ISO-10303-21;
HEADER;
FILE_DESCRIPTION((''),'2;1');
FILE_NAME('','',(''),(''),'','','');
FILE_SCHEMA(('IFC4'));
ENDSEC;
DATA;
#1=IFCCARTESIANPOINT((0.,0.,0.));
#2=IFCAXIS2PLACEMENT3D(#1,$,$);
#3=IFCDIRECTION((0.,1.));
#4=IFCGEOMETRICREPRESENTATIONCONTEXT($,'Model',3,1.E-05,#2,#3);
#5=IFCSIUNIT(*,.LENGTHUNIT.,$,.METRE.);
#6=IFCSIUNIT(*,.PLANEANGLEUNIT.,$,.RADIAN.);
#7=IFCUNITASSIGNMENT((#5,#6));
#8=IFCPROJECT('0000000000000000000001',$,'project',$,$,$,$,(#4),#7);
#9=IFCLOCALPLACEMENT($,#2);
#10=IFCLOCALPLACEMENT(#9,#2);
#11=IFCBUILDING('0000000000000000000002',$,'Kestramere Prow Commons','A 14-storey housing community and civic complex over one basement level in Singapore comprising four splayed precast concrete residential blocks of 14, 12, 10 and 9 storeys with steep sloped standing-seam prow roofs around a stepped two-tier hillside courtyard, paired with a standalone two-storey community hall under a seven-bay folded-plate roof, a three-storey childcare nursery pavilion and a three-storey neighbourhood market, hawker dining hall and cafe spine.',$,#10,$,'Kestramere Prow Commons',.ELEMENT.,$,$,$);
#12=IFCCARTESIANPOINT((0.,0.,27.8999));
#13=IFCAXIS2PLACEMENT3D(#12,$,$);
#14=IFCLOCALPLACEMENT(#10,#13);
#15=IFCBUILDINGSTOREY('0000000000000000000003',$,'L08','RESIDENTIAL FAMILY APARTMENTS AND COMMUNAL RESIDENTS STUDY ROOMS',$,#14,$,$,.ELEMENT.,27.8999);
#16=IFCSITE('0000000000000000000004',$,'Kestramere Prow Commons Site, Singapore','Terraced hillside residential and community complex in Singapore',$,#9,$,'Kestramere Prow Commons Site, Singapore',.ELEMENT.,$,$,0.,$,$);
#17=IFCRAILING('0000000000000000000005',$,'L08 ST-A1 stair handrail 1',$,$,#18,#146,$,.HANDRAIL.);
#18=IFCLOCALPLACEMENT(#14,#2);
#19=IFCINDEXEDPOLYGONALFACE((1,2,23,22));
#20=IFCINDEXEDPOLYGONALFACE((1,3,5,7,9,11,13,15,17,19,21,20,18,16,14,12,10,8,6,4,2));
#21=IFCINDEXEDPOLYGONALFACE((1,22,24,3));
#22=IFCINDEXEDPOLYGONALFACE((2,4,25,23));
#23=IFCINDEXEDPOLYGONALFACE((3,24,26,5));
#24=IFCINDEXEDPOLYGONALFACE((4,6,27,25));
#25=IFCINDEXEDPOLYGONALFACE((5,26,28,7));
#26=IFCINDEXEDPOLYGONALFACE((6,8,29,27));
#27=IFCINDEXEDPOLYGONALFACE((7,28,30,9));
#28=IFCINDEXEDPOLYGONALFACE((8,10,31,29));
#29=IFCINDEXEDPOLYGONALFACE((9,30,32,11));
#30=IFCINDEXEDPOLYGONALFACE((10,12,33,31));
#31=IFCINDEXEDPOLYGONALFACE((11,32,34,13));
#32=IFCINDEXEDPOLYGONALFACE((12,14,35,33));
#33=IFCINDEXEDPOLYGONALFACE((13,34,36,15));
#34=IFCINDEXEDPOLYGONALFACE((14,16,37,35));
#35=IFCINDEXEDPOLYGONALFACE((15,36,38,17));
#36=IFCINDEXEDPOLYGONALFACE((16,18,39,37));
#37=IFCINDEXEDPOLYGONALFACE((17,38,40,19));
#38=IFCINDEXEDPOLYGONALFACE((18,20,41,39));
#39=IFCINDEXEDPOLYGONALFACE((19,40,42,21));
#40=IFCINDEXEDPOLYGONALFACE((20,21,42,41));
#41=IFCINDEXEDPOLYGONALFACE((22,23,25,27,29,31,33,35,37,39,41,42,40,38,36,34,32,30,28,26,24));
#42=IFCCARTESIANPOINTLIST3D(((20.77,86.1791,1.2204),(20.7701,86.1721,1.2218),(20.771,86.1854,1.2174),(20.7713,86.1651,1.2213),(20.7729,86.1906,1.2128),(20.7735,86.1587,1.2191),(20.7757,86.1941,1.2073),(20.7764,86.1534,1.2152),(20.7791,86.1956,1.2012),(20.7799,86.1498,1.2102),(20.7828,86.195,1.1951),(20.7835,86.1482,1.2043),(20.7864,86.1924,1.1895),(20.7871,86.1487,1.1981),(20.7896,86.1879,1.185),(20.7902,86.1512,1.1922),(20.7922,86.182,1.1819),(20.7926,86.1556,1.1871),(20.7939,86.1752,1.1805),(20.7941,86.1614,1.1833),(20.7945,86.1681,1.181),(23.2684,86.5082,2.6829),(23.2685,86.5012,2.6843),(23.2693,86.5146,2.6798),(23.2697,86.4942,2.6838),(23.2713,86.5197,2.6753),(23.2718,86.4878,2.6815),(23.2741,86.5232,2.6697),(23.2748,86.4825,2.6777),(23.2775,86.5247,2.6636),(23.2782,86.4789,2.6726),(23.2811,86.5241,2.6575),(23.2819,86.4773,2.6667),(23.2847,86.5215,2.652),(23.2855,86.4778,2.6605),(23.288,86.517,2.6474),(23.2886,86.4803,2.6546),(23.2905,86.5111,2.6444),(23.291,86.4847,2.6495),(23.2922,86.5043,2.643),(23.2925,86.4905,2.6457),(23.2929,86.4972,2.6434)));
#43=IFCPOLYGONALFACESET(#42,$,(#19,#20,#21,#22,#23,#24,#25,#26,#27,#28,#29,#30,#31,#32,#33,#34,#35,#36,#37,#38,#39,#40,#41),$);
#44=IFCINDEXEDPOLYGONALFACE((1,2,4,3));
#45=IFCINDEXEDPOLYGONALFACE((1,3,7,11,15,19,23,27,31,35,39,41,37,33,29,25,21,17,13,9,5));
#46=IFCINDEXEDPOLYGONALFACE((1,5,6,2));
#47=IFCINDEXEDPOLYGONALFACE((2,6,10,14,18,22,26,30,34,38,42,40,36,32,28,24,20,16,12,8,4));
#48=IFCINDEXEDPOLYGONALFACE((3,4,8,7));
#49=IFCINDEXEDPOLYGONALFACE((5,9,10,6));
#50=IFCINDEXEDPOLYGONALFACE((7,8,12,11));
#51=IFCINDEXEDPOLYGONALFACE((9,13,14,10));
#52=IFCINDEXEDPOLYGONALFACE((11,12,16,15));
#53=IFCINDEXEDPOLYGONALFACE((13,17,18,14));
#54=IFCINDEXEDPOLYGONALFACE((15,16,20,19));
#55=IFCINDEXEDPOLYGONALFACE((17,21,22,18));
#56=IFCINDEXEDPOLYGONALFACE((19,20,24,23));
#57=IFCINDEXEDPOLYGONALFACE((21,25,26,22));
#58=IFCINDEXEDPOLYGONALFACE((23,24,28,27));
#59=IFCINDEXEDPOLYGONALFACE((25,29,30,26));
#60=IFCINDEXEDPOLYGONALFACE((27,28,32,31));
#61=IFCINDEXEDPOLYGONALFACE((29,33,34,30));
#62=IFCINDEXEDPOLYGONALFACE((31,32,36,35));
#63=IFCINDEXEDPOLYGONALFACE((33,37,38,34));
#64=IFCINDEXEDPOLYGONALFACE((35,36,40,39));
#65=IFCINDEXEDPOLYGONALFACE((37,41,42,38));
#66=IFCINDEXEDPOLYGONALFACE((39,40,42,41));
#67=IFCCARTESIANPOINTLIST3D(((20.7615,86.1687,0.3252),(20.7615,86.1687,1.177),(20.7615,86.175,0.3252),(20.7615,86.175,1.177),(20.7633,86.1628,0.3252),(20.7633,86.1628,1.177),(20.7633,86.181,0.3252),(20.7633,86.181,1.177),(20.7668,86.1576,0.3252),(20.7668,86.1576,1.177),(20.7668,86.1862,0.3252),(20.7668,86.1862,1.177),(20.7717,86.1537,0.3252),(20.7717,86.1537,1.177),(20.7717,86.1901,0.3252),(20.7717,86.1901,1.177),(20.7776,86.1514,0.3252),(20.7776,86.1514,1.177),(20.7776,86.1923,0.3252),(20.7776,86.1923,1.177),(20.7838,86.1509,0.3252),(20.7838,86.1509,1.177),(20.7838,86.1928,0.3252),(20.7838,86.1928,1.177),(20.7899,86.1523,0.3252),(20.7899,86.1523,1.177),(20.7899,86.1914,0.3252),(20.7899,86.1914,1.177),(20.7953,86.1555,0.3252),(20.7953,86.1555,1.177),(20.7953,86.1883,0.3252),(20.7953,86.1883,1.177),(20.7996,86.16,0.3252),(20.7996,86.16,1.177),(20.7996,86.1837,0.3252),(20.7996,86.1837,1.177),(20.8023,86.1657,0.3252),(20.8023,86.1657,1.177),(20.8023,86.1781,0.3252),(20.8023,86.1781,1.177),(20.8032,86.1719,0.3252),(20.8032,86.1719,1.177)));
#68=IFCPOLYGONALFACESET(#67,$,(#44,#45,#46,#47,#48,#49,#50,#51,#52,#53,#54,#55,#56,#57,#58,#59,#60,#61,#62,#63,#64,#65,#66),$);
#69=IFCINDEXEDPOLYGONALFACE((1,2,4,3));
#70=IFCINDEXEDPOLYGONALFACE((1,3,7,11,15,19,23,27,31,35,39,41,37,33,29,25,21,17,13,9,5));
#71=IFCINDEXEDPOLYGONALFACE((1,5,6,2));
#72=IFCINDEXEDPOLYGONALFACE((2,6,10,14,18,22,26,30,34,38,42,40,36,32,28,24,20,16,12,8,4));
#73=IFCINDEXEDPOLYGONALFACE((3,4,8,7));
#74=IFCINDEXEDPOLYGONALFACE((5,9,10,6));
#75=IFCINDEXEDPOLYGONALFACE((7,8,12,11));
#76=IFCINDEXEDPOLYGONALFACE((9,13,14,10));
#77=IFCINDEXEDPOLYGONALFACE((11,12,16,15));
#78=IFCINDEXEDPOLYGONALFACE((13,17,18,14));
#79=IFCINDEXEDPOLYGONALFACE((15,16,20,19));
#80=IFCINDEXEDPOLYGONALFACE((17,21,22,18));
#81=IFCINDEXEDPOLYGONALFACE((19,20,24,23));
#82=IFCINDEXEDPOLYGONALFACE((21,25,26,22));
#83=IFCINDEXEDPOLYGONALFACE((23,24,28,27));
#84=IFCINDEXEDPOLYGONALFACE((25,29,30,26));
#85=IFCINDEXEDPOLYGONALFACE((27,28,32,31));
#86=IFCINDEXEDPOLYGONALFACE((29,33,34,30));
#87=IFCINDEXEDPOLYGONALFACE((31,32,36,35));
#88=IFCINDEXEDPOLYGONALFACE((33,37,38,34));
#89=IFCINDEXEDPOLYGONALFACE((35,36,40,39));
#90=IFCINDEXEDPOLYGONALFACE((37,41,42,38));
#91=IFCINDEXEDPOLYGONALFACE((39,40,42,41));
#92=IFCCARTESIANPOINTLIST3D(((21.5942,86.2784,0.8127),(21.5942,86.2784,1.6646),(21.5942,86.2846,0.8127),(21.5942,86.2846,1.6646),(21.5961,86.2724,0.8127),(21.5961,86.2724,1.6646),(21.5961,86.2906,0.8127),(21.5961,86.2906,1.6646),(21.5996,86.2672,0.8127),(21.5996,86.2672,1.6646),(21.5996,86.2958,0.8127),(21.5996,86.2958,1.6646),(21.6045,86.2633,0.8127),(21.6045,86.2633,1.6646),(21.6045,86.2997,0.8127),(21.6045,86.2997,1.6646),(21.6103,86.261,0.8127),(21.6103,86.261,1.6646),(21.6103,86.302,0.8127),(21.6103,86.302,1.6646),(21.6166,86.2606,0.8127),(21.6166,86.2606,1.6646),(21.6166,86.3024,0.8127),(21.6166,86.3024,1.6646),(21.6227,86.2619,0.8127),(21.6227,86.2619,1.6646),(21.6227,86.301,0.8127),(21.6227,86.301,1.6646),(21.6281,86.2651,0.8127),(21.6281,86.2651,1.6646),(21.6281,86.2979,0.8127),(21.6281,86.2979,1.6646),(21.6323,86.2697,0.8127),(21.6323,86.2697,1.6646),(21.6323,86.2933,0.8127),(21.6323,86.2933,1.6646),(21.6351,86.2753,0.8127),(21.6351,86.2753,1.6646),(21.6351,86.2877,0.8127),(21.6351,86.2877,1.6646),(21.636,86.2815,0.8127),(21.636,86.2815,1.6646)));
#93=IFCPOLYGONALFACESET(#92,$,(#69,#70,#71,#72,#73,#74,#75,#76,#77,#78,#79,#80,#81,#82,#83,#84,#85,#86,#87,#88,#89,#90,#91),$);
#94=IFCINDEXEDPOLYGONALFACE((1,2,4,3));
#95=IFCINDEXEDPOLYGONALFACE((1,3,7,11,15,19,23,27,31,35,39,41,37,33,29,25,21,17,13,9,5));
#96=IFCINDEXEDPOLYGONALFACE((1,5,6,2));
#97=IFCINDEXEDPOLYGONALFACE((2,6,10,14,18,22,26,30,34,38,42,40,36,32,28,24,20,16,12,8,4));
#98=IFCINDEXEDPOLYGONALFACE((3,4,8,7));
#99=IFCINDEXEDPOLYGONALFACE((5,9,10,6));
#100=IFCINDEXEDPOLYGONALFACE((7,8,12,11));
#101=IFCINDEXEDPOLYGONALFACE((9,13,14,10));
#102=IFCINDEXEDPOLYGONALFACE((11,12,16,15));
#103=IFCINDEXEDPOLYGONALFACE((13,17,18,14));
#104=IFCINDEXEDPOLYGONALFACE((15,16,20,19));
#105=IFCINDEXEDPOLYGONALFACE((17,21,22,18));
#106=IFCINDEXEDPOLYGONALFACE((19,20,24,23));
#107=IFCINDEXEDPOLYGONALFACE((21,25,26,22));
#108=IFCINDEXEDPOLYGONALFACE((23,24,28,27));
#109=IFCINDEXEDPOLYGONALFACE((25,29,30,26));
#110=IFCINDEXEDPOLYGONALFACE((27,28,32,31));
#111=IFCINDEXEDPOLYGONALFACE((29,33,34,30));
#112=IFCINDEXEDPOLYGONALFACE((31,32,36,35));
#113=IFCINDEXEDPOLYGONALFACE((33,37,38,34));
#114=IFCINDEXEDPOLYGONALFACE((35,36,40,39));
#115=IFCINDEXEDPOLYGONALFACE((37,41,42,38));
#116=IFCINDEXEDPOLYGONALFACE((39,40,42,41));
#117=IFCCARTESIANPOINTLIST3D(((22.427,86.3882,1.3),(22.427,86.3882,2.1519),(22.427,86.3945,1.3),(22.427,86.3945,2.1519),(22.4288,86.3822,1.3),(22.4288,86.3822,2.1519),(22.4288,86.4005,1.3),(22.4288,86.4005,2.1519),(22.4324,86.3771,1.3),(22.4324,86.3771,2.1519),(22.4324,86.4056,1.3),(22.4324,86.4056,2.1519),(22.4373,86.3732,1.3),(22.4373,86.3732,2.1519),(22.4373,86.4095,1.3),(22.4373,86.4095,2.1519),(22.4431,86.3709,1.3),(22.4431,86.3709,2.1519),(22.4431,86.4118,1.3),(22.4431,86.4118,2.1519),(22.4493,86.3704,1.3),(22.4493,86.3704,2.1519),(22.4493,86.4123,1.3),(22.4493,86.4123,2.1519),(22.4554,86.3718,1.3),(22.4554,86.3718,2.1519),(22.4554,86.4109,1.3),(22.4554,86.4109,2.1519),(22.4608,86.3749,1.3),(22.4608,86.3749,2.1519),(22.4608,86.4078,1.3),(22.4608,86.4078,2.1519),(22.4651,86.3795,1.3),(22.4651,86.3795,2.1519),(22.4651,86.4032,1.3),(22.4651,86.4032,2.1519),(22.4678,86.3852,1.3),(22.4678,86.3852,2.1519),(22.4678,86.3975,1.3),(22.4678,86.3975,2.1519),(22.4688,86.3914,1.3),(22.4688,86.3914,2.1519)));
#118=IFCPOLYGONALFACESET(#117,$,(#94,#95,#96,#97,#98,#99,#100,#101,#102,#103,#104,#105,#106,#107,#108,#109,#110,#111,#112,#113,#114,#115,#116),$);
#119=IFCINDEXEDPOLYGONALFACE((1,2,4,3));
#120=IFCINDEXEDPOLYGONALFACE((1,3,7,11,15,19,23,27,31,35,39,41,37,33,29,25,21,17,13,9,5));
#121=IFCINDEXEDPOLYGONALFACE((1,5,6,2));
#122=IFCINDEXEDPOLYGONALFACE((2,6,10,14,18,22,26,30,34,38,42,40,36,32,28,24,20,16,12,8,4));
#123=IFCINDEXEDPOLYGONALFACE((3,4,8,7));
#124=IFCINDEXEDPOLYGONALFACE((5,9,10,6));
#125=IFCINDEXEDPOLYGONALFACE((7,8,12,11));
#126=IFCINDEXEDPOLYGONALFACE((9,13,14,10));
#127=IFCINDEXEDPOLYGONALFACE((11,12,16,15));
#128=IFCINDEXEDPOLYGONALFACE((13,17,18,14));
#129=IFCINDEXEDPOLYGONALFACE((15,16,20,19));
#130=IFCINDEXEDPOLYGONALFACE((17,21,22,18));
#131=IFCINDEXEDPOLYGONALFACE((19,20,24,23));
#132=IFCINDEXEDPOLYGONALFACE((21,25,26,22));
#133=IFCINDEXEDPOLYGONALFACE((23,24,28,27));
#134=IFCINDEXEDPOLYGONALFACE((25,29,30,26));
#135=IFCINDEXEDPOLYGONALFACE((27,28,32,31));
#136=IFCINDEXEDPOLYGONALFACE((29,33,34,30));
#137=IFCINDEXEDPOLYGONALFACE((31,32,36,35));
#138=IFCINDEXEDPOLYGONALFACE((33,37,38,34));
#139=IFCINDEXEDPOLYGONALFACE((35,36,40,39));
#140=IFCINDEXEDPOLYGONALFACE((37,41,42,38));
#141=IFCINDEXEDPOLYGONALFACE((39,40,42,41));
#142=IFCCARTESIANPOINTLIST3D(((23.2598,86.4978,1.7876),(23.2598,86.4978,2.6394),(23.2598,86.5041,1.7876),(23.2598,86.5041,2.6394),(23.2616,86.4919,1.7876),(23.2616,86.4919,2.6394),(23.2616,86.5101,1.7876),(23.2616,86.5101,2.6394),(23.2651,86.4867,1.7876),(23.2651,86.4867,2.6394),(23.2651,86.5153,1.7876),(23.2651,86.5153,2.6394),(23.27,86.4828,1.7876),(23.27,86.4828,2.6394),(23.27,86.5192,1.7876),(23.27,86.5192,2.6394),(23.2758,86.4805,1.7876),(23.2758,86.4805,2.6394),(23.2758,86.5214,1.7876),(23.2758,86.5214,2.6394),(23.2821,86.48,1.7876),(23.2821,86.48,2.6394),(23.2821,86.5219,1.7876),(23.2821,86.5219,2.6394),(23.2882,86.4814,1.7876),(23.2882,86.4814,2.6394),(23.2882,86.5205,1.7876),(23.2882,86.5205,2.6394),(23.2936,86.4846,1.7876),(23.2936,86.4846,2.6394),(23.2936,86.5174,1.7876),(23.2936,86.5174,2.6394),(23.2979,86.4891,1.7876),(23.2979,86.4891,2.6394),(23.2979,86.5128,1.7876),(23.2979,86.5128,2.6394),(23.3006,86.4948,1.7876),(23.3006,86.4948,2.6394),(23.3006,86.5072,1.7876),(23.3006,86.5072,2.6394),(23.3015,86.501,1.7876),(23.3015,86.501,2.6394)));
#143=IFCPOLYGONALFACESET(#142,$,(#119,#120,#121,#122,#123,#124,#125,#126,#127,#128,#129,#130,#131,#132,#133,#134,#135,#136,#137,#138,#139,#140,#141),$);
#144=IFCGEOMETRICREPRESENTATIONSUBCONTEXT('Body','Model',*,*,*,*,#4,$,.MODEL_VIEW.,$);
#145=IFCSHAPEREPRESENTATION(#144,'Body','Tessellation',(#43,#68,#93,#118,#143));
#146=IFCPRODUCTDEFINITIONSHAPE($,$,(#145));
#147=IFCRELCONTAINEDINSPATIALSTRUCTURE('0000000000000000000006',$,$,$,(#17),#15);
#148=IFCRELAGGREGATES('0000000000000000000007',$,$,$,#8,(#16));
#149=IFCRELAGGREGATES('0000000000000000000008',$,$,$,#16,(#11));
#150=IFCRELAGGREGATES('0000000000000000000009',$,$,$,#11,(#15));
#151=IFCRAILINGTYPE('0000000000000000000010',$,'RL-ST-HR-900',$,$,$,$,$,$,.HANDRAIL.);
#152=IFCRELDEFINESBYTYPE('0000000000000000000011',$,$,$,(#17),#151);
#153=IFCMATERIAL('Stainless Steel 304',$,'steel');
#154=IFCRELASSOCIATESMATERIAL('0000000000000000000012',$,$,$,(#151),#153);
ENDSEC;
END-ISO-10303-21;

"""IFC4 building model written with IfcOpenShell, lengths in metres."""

from ifc_helpers import new_model, si_unit, direction, frame, origin, origin_2d, place, context, subcontext, project, spatial, circle, extrude, material, type_object, element, save


model = new_model("IFC4")

# Units and contexts
model_context = context("Model", 3, precision=1e-05, world=origin(), true_north=direction((0.0, 1.0)))
body_context = subcontext(model_context, "Body", "Model", "MODEL_VIEW")
ifc_project = project(units=[si_unit("LENGTHUNIT", "METRE"), si_unit("PLANEANGLEUNIT", "RADIAN")], contexts=[model_context])

# Site, building, storey
site_placement = place(None, origin())
site = spatial("IfcSite", under=ifc_project, at=site_placement, Name="Kestramere Prow Commons Site, Singapore", Description="Terraced hillside residential and community complex in Singapore", LongName="Kestramere Prow Commons Site, Singapore", CompositionType="ELEMENT", RefElevation=0.0)
building_placement = place(site_placement, origin())
building = spatial("IfcBuilding", under=site, at=building_placement, Name="Kestramere Prow Commons", Description="A 14-storey housing community and civic complex over one basement level in Singapore comprising four splayed precast concrete residential blocks of 14, 12, 10 and 9 storeys with steep sloped standing-seam prow roofs around a stepped two-tier hillside courtyard, paired with a standalone two-storey community hall under a seven-bay folded-plate roof, a three-storey childcare nursery pavilion and a three-storey neighbourhood market, hawker dining hall and cafe spine.", LongName="Kestramere Prow Commons", CompositionType="ELEMENT")
storey_placement = place(building_placement, frame((0.0, 0.0, 27.8999)))
storey = spatial("IfcBuildingStorey", under=building, at=storey_placement, Name="L08", Description="RESIDENTIAL FAMILY APARTMENTS AND COMMUNAL RESIDENTS STUDY ROOMS", CompositionType="ELEMENT", Elevation=27.8999)

# Railing
ifc_material_1 = material(Name="Stainless Steel 304", Category="steel")
railing_type_1 = type_object("IfcRailingType", Name="RL-ST-HR-900", PredefinedType="HANDRAIL", material=ifc_material_1)
railing_1_placement = place(storey_placement, frame((20.7822, 86.1719, 0.3252)))
element("IfcRailing", 1, at=railing_1_placement, inside=storey, type_object=railing_type_1, Name="L08 ST-A1 stair handrail 1", PredefinedType="HANDRAIL", context=body_context, shape_type="SweptSolid", body=[
    extrude(circle(Radius=0.0239, at=origin_2d()), frame((0.0, 0.0, 0.876), z_axis=(0.857493, 0.112958, 0.501943), x_axis=(-0.130602, 0.991435, 0.0)), (0.0, 0.0, 1.0), 2.9136),
    extrude(circle(Radius=0.021, at=origin_2d()), origin(), (0.0, 0.0, 1.0), 0.8518),
    extrude(circle(Radius=0.021, at=origin_2d()), frame((0.8328, 0.1096, 0.4875)), (0.0, 0.0, 1.0), 0.8518),
    extrude(circle(Radius=0.021, at=origin_2d()), frame((1.6655, 0.2195, 0.9749)), (0.0, 0.0, 1.0), 0.8518),
    extrude(circle(Radius=0.021, at=origin_2d()), frame((2.4983, 0.3291, 1.4624)), (0.0, 0.0, 1.0), 0.8518),
])

save(model, "model.ifc")
